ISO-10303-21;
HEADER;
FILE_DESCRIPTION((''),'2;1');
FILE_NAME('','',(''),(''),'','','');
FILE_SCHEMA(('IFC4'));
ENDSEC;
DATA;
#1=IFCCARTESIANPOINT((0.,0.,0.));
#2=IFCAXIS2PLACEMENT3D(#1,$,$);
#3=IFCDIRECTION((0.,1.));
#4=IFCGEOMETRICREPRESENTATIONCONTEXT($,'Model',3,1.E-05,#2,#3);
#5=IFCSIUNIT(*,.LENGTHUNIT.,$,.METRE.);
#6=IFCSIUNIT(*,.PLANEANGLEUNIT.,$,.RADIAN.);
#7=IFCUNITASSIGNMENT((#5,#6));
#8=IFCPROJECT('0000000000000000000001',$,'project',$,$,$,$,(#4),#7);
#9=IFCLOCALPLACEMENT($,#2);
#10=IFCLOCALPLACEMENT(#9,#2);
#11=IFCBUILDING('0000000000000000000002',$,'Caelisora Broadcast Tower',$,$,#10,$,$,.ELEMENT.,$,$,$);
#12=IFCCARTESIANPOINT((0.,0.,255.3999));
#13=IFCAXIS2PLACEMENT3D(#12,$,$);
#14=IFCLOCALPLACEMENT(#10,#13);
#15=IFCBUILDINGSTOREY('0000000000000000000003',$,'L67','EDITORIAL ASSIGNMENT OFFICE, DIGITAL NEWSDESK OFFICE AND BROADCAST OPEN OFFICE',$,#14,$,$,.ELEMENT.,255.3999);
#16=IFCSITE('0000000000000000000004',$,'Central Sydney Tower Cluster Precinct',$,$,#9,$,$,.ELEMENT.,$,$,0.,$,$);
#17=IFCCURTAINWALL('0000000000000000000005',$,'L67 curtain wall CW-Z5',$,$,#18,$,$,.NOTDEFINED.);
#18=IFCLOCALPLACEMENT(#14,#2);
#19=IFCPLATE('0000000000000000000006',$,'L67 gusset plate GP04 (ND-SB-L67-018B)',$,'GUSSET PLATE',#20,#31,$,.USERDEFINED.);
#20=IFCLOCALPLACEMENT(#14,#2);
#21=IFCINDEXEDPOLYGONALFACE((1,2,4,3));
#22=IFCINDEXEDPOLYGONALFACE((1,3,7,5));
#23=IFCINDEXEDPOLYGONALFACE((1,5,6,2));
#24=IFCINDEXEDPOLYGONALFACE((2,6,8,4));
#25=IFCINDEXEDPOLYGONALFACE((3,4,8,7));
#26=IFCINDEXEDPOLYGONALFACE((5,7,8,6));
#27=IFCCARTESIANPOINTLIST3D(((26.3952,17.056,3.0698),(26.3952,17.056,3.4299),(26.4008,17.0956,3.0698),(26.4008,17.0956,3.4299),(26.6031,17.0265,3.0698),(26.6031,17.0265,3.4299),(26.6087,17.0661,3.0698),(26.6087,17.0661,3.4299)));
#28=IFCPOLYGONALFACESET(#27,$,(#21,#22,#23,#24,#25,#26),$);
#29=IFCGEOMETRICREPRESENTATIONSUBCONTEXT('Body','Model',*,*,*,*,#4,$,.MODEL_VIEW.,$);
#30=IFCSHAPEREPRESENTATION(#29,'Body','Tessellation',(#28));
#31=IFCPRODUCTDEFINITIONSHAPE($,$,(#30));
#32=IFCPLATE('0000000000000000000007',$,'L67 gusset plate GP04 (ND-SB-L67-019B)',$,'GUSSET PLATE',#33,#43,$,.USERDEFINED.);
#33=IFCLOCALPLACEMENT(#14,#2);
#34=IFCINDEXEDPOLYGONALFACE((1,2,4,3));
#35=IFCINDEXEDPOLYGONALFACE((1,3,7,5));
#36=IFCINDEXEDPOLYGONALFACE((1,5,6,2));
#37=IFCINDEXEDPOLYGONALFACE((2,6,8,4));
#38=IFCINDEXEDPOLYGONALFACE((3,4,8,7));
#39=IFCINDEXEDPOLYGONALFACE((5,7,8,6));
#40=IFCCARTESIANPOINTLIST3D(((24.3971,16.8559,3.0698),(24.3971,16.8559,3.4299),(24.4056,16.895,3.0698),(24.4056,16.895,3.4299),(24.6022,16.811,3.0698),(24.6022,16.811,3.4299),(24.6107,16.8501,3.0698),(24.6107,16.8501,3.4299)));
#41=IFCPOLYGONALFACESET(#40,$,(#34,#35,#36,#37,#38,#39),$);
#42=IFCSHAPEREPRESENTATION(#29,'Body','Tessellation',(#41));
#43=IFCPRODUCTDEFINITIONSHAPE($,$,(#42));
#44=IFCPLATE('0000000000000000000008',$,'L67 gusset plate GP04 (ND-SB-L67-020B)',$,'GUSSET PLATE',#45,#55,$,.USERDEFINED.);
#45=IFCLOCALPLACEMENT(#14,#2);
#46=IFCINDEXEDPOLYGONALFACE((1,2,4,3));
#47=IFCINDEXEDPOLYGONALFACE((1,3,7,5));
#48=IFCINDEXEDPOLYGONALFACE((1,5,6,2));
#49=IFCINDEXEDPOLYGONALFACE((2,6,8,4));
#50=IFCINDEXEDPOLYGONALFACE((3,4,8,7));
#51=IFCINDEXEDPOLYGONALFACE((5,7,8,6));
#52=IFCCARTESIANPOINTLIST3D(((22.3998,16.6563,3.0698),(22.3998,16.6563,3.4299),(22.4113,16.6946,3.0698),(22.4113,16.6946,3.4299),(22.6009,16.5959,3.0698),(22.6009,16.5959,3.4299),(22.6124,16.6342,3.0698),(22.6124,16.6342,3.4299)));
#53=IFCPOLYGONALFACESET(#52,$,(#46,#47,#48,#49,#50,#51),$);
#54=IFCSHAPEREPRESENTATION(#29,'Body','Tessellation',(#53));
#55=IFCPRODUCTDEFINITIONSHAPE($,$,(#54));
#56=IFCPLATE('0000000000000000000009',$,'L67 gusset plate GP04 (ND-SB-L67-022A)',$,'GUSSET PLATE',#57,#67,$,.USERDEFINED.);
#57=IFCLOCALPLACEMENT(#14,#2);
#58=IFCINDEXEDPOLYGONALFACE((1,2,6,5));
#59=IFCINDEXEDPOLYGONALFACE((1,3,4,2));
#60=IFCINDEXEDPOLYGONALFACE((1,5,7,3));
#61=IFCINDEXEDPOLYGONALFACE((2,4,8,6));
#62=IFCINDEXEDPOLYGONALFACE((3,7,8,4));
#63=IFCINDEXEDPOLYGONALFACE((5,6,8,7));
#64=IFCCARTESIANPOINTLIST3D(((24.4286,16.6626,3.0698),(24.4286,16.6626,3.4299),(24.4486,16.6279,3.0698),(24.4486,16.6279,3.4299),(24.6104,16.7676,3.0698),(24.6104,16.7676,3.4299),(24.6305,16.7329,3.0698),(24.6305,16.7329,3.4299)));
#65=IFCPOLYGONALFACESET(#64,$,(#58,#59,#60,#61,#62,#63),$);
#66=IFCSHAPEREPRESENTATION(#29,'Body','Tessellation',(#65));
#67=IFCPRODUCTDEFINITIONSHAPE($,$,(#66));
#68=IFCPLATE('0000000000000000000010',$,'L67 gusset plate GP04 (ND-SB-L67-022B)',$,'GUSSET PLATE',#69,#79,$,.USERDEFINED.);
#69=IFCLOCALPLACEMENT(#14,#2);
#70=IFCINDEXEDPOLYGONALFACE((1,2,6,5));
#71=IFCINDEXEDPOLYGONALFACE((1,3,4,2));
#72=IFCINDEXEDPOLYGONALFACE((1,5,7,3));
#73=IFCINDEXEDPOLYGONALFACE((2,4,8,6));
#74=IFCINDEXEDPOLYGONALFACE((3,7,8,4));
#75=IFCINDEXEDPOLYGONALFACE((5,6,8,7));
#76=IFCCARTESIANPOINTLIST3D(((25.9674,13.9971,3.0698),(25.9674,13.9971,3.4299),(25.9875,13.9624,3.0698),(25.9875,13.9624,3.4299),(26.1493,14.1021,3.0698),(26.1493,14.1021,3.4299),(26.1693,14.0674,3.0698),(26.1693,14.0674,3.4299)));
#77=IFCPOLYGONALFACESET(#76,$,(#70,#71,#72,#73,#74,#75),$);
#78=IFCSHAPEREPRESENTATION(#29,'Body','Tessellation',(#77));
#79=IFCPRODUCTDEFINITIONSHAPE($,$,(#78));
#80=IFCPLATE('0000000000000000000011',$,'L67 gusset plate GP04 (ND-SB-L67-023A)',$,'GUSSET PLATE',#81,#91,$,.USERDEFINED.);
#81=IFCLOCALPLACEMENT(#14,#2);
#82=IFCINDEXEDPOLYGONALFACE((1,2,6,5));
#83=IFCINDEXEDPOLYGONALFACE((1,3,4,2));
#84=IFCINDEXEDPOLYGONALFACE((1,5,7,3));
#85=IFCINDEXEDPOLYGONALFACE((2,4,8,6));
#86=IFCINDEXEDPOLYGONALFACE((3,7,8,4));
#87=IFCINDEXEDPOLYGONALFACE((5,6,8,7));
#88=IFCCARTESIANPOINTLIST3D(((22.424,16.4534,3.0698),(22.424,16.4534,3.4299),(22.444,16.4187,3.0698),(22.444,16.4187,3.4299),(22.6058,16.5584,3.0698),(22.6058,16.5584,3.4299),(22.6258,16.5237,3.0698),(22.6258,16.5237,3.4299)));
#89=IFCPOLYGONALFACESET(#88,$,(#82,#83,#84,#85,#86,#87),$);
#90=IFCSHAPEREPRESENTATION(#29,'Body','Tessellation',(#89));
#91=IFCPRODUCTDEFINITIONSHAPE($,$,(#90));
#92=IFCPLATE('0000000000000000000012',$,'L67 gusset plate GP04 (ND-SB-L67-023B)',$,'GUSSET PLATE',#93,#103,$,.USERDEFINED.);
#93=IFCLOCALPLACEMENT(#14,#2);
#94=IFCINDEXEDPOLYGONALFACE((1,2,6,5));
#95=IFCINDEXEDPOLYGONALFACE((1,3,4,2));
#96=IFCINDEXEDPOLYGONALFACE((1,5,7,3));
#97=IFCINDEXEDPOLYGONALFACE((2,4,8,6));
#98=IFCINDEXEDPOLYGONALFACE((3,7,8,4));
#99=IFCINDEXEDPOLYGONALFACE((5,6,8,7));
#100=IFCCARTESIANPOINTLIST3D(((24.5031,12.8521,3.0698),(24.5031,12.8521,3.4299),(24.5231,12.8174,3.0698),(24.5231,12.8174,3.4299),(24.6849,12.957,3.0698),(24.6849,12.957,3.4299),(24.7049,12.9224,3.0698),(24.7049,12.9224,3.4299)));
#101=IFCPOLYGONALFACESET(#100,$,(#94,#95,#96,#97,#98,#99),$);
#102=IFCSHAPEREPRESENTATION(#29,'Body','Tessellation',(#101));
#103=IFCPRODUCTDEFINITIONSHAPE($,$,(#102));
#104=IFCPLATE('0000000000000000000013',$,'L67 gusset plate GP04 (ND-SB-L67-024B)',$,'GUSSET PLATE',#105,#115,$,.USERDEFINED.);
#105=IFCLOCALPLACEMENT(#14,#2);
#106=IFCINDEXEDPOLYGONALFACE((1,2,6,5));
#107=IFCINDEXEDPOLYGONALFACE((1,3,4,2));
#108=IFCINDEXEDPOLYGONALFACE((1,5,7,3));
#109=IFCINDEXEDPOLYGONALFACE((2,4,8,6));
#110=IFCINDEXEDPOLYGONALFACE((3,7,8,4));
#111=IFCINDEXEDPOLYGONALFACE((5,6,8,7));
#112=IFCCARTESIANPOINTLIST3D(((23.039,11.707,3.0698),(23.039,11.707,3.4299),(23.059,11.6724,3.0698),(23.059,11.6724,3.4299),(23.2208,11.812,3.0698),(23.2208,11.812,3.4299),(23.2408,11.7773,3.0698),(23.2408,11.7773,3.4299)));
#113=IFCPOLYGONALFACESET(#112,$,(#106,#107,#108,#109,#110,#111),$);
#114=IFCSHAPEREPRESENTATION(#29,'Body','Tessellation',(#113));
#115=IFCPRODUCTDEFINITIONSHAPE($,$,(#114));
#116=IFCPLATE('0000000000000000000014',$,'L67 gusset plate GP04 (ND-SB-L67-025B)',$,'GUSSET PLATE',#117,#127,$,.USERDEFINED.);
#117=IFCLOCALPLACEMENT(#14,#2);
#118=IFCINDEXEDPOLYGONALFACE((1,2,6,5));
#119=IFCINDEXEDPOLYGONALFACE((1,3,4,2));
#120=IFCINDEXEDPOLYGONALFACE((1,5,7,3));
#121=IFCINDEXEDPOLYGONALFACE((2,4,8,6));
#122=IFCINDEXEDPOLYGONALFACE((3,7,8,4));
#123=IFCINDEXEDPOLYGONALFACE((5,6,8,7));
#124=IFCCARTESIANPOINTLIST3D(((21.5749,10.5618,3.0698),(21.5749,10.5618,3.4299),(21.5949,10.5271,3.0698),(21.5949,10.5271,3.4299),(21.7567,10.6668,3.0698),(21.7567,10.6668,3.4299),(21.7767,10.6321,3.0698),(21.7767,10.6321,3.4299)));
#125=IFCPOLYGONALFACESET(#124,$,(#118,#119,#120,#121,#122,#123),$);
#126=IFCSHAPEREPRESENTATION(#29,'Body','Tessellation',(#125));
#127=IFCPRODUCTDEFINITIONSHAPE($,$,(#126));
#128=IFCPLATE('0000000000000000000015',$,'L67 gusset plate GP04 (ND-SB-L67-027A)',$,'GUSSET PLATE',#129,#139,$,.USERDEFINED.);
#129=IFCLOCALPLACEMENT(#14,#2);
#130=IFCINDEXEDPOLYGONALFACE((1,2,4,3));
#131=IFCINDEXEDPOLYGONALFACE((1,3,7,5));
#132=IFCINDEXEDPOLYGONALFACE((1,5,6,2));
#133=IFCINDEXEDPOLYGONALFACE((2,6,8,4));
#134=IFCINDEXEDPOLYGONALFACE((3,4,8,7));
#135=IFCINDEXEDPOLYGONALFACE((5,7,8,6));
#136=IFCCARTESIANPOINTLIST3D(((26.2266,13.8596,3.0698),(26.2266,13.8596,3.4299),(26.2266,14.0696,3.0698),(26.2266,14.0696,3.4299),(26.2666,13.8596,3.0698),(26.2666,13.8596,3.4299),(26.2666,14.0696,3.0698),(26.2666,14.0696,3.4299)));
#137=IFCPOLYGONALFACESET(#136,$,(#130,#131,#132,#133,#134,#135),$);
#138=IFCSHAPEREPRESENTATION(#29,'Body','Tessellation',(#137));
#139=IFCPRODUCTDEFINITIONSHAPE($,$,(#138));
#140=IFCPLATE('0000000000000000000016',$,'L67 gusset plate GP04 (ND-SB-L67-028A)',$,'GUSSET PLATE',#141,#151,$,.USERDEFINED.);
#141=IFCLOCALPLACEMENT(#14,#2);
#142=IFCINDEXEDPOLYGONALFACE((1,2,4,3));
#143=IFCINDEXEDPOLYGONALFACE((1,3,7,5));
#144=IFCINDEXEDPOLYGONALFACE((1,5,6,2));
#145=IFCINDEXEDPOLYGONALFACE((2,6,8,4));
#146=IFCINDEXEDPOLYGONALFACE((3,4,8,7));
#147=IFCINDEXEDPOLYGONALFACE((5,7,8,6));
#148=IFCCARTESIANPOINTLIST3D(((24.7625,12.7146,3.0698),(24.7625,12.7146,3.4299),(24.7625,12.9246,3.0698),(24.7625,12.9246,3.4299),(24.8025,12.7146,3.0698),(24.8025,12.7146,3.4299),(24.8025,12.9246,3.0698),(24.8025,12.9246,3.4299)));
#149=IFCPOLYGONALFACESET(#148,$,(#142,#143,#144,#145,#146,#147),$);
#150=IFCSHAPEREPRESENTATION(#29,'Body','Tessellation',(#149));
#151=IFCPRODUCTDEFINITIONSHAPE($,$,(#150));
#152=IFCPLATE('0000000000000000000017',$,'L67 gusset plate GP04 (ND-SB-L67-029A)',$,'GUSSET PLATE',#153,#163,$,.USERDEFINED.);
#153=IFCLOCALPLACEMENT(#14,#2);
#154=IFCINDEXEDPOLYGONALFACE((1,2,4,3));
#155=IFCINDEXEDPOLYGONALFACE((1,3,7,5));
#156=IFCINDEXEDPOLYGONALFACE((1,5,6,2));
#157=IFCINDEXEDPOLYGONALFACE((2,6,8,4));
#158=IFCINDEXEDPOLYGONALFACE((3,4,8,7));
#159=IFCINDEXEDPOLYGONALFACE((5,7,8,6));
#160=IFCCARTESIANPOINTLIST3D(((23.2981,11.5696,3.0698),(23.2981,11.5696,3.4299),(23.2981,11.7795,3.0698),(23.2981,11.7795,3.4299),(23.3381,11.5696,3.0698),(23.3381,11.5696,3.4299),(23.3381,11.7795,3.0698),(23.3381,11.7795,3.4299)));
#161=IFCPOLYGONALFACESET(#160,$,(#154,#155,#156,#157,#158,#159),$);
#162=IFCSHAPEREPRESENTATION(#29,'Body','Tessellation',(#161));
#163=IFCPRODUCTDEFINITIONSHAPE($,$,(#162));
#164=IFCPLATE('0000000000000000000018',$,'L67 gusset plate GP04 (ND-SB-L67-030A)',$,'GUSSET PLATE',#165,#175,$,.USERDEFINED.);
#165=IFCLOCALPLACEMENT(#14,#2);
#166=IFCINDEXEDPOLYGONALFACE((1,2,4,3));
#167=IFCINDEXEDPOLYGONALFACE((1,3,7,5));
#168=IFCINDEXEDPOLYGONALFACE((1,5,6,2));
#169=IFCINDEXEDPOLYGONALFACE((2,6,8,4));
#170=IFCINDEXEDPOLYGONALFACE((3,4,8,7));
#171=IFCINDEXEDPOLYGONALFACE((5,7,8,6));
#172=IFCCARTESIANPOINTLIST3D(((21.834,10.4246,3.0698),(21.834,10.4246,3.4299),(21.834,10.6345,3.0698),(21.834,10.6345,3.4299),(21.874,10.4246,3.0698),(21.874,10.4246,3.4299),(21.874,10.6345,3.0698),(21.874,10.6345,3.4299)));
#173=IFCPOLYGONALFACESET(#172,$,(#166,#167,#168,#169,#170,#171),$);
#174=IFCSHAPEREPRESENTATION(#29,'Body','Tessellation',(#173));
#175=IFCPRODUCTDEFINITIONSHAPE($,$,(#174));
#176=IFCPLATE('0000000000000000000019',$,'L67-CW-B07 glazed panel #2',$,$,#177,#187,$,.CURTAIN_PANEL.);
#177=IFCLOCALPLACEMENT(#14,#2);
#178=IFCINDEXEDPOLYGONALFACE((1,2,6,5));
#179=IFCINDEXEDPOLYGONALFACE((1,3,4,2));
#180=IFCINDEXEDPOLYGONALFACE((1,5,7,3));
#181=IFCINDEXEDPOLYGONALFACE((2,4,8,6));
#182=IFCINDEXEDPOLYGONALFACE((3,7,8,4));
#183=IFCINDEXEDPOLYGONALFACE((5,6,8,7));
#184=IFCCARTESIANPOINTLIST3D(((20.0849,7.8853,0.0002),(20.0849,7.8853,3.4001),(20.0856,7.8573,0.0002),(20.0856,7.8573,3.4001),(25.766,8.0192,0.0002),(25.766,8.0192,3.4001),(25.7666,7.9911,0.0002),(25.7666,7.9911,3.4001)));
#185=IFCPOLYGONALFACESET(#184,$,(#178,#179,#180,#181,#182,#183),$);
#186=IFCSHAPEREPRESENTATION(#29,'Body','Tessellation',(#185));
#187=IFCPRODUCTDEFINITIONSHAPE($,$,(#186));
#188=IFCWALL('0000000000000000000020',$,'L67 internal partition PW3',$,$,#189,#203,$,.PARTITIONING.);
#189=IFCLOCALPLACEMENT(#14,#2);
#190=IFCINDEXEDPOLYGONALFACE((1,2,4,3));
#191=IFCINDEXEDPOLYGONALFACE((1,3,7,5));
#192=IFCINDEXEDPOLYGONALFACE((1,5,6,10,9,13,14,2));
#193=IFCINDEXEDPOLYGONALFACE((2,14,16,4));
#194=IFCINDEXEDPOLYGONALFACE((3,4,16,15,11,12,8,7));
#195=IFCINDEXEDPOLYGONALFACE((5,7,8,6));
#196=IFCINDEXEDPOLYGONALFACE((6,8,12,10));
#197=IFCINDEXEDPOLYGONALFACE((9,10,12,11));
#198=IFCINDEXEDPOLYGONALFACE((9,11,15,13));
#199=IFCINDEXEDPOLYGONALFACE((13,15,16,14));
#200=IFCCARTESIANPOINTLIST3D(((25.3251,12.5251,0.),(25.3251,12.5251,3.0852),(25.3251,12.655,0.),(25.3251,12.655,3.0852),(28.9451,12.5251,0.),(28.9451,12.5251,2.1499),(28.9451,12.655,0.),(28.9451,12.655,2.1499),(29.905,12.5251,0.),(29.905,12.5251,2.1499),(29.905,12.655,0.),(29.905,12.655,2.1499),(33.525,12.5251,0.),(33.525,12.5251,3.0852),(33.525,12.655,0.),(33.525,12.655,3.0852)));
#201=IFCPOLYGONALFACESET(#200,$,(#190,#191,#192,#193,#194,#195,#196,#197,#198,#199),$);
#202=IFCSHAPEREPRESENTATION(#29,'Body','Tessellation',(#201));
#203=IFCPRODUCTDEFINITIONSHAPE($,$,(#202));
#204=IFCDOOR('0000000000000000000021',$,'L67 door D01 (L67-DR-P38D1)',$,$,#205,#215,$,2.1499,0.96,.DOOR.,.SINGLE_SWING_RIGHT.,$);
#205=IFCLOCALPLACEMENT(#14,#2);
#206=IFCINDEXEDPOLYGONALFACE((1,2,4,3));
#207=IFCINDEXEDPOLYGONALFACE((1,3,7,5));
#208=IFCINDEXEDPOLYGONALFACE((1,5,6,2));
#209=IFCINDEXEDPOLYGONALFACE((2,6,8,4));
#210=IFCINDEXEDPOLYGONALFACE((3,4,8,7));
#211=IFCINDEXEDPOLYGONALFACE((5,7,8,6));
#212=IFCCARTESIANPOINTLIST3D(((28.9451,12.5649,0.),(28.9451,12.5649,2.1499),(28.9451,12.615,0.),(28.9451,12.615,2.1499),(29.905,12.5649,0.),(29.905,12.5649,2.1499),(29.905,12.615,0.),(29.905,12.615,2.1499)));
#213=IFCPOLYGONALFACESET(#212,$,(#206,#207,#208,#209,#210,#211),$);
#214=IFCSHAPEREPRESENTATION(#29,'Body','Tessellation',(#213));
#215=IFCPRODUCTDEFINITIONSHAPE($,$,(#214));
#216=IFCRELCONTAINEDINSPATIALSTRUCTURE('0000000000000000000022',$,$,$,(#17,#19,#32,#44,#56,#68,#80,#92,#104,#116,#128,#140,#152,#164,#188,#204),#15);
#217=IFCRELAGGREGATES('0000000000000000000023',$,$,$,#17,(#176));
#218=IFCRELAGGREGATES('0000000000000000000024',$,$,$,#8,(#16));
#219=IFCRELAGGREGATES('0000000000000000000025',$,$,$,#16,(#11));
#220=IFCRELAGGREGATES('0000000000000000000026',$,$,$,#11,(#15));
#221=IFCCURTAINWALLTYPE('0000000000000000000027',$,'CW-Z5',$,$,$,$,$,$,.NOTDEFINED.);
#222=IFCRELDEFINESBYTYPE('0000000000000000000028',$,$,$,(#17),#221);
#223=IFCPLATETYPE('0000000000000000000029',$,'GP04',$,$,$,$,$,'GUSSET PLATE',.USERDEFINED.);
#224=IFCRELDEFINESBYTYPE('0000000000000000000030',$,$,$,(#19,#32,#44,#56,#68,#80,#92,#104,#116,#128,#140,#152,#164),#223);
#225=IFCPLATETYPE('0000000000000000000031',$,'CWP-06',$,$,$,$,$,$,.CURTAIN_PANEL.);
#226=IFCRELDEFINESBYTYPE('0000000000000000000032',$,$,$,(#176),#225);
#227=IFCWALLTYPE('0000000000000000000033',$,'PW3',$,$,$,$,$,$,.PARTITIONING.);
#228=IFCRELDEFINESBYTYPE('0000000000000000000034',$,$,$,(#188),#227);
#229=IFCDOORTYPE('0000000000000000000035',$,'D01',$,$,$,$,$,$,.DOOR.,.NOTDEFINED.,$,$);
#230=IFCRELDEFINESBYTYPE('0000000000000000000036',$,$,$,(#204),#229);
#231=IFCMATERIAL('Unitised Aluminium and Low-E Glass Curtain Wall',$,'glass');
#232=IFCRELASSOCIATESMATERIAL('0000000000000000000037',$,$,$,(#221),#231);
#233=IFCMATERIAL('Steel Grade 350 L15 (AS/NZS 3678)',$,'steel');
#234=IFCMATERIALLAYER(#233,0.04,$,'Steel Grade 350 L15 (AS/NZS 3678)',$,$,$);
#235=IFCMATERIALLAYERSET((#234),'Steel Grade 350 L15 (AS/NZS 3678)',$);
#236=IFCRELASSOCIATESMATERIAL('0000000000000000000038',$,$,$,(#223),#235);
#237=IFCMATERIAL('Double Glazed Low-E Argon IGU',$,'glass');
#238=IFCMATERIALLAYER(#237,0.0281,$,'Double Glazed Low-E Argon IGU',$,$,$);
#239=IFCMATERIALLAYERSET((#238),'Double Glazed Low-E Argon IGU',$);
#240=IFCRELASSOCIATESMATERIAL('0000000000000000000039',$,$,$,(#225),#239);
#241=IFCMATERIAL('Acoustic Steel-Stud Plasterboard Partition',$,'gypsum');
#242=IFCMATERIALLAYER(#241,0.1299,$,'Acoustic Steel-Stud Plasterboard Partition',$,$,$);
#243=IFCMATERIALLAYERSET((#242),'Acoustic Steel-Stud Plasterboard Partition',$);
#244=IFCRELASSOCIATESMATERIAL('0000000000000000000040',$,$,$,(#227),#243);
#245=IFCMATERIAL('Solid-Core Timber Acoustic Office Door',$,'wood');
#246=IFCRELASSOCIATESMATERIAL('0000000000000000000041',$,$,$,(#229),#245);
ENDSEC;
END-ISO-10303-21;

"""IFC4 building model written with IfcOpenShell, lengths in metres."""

from ifc_helpers import new_model, si_unit, direction, frame, frame_2d, origin, origin_2d, place, context, subcontext, project, spatial, rectangle, extrude, source, transform, mapped, material, layer, layer_set, type_object, type_shapes, element, fill, aggregate, save


model = new_model("IFC4")

# Units and contexts
model_context = context("Model", 3, precision=1e-05, world=origin(), true_north=direction((0.0, 1.0)))
body_context = subcontext(model_context, "Body", "Model", "MODEL_VIEW")
ifc_project = project(units=[si_unit("LENGTHUNIT", "METRE"), si_unit("PLANEANGLEUNIT", "RADIAN")], contexts=[model_context])

# Site, building, storey
site_placement = place(None, origin())
site = spatial("IfcSite", under=ifc_project, at=site_placement, Name="Central Sydney Tower Cluster Precinct", CompositionType="ELEMENT", RefElevation=0.0)
building_placement = place(site_placement, origin())
building = spatial("IfcBuilding", under=site, at=building_placement, Name="Caelisora Broadcast Tower", CompositionType="ELEMENT")
storey_placement = place(building_placement, frame((0.0, 0.0, 255.3999)))
storey = spatial("IfcBuildingStorey", under=building, at=storey_placement, Name="L67", Description="EDITORIAL ASSIGNMENT OFFICE, DIGITAL NEWSDESK OFFICE AND BROADCAST OPEN OFFICE", CompositionType="ELEMENT", Elevation=255.3999)

# Curtain wall
ifc_material_1 = material(Name="Unitised Aluminium and Low-E Glass Curtain Wall", Category="glass")
curtain_wall_type = type_object("IfcCurtainWallType", Name="CW-Z5", PredefinedType="NOTDEFINED", material=ifc_material_1)
curtain_wall_placement = place(storey_placement, origin())
curtain_wall = element("IfcCurtainWall", 1, at=curtain_wall_placement, inside=storey, type_object=curtain_wall_type, Name="L67 curtain wall CW-Z5", PredefinedType="NOTDEFINED")

# Plates
ifc_material_2 = material(Name="Steel Grade 350 L15 (AS/NZS 3678)", Category="steel")
ifc_layer_1 = layer(ifc_material_2, 0.04, Name="Steel Grade 350 L15 (AS/NZS 3678)")
ifc_layer_set_1 = layer_set([ifc_layer_1], Name="Steel Grade 350 L15 (AS/NZS 3678)")
plate_type_1 = type_object("IfcPlateType", Name="GP04", ElementType="GUSSET PLATE", PredefinedType="USERDEFINED", material=ifc_layer_set_1)
shared_shape_1 = source(origin(), body_context, "Body", "SweptSolid", [
    extrude(rectangle(XDim=0.21, YDim=0.04, at=origin_2d()), origin(), (0.0, 0.0, 1.0), 0.3601),
])
type_shapes(plate_type_1, [shared_shape_1])
for number, where, z_axis, x_axis, name in (
    (2, (26.502, 17.061, 3.0698), (0.0, 0.0, 1.0), (0.990097, -0.140383, 0.0), "L67 gusset plate GP04 (ND-SB-L67-018B)"),
    (3, (24.5039, 16.853, 3.0698), (0.0, 0.0, 1.0), (0.976897, -0.213712, 0.0), "L67 gusset plate GP04 (ND-SB-L67-019B)"),
    (4, (22.5061, 16.6453, 3.0698), (0.0, 0.0, 1.0), (0.957722, -0.287695, 0.0), "L67 gusset plate GP04 (ND-SB-L67-020B)"),
    (5, (24.5295, 16.6978, 3.0698), (0.0, 0.0, 1.0), (0.866025, 0.5, 0.0), "L67 gusset plate GP04 (ND-SB-L67-022A)"),
    (6, (26.0684, 14.0322, 3.0698), (0.0, 0.0, 1.0), (0.866025, 0.5, 0.0), "L67 gusset plate GP04 (ND-SB-L67-022B)"),
    (7, (22.5249, 16.4885, 3.0698), (0.0, 0.0, 1.0), (0.866025, 0.5, 0.0), "L67 gusset plate GP04 (ND-SB-L67-023A)"),
    (8, (24.604, 12.8872, 3.0698), (0.0, 0.0, 1.0), (0.866025, 0.5, 0.0), "L67 gusset plate GP04 (ND-SB-L67-023B)"),
    (9, (23.1399, 11.7422, 3.0698), (0.0, 0.0, 1.0), (0.866025, 0.5, 0.0), "L67 gusset plate GP04 (ND-SB-L67-024B)"),
    (10, (21.6758, 10.5969, 3.0698), (0.0, 0.0, 1.0), (0.866025, 0.5, 0.0), "L67 gusset plate GP04 (ND-SB-L67-025B)"),
    (11, (26.2466, 13.9646, 3.0698), (0.0, 0.0, 1.0), (0.0, 1.0, 0.0), "L67 gusset plate GP04 (ND-SB-L67-027A)"),
    (12, (24.7825, 12.8196, 3.0698), (0.0, 0.0, 1.0), (0.0, 1.0, 0.0), "L67 gusset plate GP04 (ND-SB-L67-028A)"),
    (13, (23.3181, 11.6746, 3.0698), (0.0, 0.0, 1.0), (0.0, 1.0, 0.0), "L67 gusset plate GP04 (ND-SB-L67-029A)"),
    (14, (21.854, 10.5295, 3.0698), (0.0, 0.0, 1.0), (0.0, 1.0, 0.0), "L67 gusset plate GP04 (ND-SB-L67-030A)"),
):
    element("IfcPlate", number, at=place(storey_placement, frame(where, z_axis=z_axis, x_axis=x_axis)), inside=storey, type_object=plate_type_1, Name=name, ObjectType="GUSSET PLATE", PredefinedType="USERDEFINED", context=body_context, shape_type="MappedRepresentation", body=[
        mapped(shared_shape_1, transform((0.0, 0.0, 0.0), scale=1.0)),
    ])

# Plate
ifc_material_3 = material(Name="Double Glazed Low-E Argon IGU", Category="glass")
ifc_layer_2 = layer(ifc_material_3, 0.0281, Name="Double Glazed Low-E Argon IGU")
ifc_layer_set_2 = layer_set([ifc_layer_2], Name="Double Glazed Low-E Argon IGU")
plate_type_2 = type_object("IfcPlateType", Name="CWP-06", PredefinedType="CURTAIN_PANEL", material=ifc_layer_set_2)
shared_shape_2 = source(origin(), body_context, "Body", "SweptSolid", [
    extrude(rectangle(XDim=5.6826, YDim=0.0281, at=origin_2d()), origin(), (0.0, 0.0, 1.0), 3.3999),
])
type_shapes(plate_type_2, [shared_shape_2])
plate_placement = place(storey_placement, frame((22.9258, 7.9382, 0.0002), z_axis=(0.0, 0.0, 1.0), x_axis=(-0.999722, -0.02356, 0.0)))
plate = element("IfcPlate", 15, at=plate_placement, type_object=plate_type_2, Name="L67-CW-B07 glazed panel #2", PredefinedType="CURTAIN_PANEL", context=body_context, shape_type="MappedRepresentation", body=[
    mapped(shared_shape_2, transform((0.0, 0.0, 0.0), scale=1.0)),
])
aggregate(curtain_wall, [plate])

# Wall, opening, door
ifc_material_4 = material(Name="Acoustic Steel-Stud Plasterboard Partition", Category="gypsum")
ifc_layer_3 = layer(ifc_material_4, 0.1299, Name="Acoustic Steel-Stud Plasterboard Partition")
ifc_layer_set_3 = layer_set([ifc_layer_3], Name="Acoustic Steel-Stud Plasterboard Partition")
wall_type = type_object("IfcWallType", Name="PW3", PredefinedType="PARTITIONING", material=ifc_layer_set_3)
wall_1_placement = place(storey_placement, frame((25.325, 12.5901, 0.0), z_axis=(0.0, 0.0, 1.0), x_axis=(1.0, 0.0, 0.0)))
wall_1 = element("IfcWall", 16, at=wall_1_placement, inside=storey, type_object=wall_type, Name="L67 internal partition PW3", PredefinedType="PARTITIONING", context=body_context, shape_type="SweptSolid", body=[
    extrude(rectangle(XDim=8.2, YDim=0.1299, at=frame_2d((4.1001, 0.0))), origin(), (0.0, 0.0, 1.0), 3.0852),
])
opening_1_placement = place(wall_1_placement, frame((3.6201, 0.0, 0.0)))
opening_1 = element("IfcOpeningElement", 17, at=opening_1_placement, cuts=wall_1, PredefinedType="OPENING", context=body_context, shape_type="SweptSolid", body=[
    extrude(rectangle(XDim=0.96, YDim=2.1499, at=frame_2d((0.48, 1.075))), frame((0.0, 0.0769, 0.0), z_axis=(0.0, -1.0, 0.0), x_axis=(1.0, 0.0, 0.0)), (0.0, 0.0, 1.0), 0.1538),
])
ifc_material_5 = material(Name="Solid-Core Timber Acoustic Office Door", Category="wood")
door_type = type_object("IfcDoorType", Name="D01", OperationType="NOTDEFINED", PredefinedType="DOOR", material=ifc_material_5)
door_1_placement = place(opening_1_placement, origin())
door_1 = element("IfcDoor", 18, at=door_1_placement, inside=storey, type_object=door_type, Name="L67 door D01 (L67-DR-P38D1)", OperationType="SINGLE_SWING_RIGHT", OverallHeight=2.1499, OverallWidth=0.96, PredefinedType="DOOR", context=body_context, shape_type="SweptSolid", body=[
    extrude(rectangle(XDim=0.96, YDim=2.1499, at=frame_2d((0.48, 1.075))), frame((0.0, 0.0249, 0.0), z_axis=(0.0, -1.0, 0.0), x_axis=(1.0, 0.0, 0.0)), (0.0, 0.0, 1.0), 0.05),
])
fill(opening_1, door_1)

save(model, "model.ifc")
